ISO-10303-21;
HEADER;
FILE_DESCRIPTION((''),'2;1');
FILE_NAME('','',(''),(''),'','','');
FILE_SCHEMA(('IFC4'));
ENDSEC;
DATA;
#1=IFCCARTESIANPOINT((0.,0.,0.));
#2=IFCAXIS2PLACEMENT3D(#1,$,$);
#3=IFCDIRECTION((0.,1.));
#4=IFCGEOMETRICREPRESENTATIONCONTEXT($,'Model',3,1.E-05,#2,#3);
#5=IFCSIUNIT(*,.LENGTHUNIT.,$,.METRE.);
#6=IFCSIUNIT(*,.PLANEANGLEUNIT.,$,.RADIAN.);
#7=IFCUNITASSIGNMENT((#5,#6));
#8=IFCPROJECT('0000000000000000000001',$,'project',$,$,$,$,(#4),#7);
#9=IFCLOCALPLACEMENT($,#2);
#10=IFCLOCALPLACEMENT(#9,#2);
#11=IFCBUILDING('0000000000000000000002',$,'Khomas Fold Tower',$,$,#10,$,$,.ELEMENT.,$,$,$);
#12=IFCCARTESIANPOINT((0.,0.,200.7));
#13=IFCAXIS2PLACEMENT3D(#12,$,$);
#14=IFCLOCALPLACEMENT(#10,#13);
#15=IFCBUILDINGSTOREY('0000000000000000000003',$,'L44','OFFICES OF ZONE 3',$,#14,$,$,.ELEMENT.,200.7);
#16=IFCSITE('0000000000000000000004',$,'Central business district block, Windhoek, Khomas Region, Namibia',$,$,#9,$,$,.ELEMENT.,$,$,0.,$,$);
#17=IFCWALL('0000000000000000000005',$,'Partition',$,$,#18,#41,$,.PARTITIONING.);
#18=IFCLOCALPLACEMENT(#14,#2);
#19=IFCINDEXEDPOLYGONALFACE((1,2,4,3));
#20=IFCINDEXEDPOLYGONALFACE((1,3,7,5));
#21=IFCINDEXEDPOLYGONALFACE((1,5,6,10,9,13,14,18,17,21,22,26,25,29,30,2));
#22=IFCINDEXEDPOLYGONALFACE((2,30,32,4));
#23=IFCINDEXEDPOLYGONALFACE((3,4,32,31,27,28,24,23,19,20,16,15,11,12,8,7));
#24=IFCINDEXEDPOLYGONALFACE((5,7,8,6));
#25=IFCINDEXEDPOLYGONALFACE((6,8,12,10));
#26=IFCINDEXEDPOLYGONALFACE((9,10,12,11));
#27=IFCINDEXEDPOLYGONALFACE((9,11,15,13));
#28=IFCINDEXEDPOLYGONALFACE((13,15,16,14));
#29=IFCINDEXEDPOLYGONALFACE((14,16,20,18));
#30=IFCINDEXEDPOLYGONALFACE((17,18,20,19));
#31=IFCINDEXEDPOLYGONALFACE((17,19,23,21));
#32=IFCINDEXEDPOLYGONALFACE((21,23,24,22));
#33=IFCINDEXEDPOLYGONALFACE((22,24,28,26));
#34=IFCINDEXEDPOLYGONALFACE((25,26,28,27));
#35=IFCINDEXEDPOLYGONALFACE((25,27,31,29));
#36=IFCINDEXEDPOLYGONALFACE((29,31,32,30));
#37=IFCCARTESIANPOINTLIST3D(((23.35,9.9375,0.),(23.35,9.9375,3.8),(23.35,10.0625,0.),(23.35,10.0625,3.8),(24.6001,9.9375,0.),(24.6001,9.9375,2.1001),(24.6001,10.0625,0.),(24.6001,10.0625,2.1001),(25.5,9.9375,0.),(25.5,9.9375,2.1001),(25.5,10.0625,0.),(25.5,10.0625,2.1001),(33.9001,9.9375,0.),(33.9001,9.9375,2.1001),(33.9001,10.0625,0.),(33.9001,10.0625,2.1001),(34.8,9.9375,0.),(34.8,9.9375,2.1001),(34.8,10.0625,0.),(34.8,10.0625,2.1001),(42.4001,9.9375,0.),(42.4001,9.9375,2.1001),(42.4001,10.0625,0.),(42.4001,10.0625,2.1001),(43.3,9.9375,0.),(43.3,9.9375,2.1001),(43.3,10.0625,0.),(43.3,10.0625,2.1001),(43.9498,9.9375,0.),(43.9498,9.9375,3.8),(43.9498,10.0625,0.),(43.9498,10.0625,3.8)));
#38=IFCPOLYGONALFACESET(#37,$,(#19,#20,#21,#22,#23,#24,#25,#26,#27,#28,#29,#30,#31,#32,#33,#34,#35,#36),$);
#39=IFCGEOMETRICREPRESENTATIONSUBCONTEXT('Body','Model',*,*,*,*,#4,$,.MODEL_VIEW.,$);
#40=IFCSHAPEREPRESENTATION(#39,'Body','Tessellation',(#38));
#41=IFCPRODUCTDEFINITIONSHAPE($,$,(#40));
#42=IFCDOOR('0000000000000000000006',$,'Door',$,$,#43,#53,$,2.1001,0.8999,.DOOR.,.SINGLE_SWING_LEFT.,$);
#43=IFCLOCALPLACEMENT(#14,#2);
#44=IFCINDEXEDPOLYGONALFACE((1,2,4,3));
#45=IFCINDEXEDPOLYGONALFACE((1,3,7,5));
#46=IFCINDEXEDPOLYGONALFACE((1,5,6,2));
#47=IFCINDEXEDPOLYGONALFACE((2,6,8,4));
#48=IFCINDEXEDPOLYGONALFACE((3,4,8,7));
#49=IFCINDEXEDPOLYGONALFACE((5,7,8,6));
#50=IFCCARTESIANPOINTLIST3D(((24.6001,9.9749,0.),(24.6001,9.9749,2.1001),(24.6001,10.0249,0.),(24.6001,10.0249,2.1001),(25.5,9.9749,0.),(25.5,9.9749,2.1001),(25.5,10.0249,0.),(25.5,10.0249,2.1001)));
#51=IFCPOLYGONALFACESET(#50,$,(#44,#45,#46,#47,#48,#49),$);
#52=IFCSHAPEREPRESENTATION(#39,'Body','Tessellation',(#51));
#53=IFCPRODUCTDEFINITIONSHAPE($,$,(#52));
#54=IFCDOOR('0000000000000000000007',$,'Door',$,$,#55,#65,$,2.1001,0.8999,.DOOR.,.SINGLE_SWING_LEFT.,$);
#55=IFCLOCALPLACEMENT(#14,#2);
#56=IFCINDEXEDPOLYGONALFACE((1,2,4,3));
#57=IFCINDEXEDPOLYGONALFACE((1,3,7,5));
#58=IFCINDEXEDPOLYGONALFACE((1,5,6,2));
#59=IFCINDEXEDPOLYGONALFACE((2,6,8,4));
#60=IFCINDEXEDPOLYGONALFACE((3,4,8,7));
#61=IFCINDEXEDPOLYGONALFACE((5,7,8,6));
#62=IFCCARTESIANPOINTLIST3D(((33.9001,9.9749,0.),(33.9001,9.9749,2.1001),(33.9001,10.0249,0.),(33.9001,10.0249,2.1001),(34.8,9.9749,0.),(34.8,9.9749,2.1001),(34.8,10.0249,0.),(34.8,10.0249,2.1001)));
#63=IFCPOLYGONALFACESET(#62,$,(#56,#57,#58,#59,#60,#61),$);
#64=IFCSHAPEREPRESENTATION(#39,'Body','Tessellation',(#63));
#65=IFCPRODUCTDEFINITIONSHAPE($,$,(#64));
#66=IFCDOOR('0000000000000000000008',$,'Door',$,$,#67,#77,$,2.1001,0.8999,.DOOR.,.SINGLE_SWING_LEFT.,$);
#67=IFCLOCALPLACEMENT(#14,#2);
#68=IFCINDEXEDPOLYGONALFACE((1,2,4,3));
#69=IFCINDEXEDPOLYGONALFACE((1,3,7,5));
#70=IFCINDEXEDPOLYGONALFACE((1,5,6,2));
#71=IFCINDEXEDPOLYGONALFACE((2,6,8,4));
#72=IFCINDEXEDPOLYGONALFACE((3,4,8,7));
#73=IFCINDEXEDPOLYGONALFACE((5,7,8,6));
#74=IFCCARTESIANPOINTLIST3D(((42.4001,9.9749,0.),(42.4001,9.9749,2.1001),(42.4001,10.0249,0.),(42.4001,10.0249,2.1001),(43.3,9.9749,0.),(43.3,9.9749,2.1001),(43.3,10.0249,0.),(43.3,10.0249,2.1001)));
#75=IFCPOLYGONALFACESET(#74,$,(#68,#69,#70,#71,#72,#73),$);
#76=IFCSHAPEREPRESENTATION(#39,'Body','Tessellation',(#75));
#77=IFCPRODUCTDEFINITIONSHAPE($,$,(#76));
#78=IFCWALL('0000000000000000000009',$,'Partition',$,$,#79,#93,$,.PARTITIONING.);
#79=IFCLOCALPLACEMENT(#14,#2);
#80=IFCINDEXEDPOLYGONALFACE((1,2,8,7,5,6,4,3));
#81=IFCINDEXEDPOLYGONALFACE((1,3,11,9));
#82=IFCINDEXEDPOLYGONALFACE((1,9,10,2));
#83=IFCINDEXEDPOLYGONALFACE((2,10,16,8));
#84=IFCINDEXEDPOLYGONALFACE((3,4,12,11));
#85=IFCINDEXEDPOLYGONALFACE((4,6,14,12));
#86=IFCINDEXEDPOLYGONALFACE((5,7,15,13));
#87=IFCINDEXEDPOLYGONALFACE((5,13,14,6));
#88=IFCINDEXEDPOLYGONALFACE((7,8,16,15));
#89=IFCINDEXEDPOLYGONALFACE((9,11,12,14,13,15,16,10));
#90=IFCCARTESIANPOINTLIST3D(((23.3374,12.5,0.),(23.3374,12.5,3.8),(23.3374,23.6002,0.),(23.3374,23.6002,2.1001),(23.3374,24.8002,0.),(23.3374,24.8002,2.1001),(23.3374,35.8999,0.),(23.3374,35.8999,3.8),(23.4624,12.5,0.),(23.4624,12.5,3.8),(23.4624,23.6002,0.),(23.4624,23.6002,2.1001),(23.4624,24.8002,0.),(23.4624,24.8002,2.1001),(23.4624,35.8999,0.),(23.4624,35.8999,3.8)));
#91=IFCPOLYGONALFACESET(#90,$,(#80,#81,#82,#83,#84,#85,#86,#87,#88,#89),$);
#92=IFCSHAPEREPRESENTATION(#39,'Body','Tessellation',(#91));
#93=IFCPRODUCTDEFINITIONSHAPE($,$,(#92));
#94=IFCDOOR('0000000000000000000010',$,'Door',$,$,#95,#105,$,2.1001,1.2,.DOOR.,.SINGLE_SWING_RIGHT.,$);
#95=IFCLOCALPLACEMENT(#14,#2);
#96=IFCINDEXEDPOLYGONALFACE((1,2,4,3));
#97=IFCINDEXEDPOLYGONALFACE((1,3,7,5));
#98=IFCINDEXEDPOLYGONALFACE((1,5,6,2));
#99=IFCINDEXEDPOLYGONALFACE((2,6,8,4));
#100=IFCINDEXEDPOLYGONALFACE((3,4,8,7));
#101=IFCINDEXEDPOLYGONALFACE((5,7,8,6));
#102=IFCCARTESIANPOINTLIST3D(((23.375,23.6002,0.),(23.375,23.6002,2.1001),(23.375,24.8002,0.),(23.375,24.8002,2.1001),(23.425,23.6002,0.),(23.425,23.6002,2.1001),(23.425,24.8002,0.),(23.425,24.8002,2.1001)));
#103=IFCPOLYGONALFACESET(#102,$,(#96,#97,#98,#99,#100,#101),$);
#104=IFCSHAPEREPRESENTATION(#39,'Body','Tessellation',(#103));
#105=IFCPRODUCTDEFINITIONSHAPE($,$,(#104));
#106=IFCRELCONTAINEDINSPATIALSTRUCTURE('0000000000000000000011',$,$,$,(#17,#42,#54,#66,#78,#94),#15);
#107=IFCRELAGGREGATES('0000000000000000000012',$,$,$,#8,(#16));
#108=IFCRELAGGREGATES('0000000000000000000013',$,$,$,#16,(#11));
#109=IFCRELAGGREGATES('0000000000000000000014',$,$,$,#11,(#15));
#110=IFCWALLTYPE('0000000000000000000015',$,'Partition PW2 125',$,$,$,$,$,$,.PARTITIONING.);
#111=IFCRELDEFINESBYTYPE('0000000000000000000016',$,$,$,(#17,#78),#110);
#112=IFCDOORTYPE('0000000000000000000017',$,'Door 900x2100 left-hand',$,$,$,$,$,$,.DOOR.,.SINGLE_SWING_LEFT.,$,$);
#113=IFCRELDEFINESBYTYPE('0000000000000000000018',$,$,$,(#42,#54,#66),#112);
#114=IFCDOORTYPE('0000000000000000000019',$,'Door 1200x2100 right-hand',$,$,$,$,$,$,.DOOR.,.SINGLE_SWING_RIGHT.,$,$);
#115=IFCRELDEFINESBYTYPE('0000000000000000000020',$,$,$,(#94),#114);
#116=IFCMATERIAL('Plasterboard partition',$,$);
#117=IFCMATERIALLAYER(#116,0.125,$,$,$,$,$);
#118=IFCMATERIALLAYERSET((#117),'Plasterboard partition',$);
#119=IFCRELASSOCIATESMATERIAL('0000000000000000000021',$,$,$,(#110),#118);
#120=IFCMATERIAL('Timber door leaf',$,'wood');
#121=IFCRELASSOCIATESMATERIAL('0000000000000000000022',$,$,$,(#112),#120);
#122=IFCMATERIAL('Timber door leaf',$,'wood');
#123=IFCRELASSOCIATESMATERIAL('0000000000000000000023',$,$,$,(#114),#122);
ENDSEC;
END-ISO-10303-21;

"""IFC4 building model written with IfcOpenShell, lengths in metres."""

from ifc_helpers import new_model, si_unit, direction, frame, frame_2d, origin, place, context, subcontext, project, spatial, rectangle, extrude, source, transform, mapped, material, layer, layer_set, type_object, element, fill, save


model = new_model("IFC4")

# Units and contexts
model_context = context("Model", 3, precision=1e-05, world=origin(), true_north=direction((0.0, 1.0)))
body_context = subcontext(model_context, "Body", "Model", "MODEL_VIEW")
ifc_project = project(units=[si_unit("LENGTHUNIT", "METRE"), si_unit("PLANEANGLEUNIT", "RADIAN")], contexts=[model_context])

# Site, building, storey
site_placement = place(None, origin())
site = spatial("IfcSite", under=ifc_project, at=site_placement, Name="Central business district block, Windhoek, Khomas Region, Namibia", CompositionType="ELEMENT", RefElevation=0.0)
building_placement = place(site_placement, origin())
building = spatial("IfcBuilding", under=site, at=building_placement, Name="Khomas Fold Tower", CompositionType="ELEMENT")
storey_placement = place(building_placement, frame((0.0, 0.0, 200.7)))
storey = spatial("IfcBuildingStorey", under=building, at=storey_placement, Name="L44", Description="OFFICES OF ZONE 3", CompositionType="ELEMENT", Elevation=200.7)

# Shared definitions
ifc_material_1 = material(Name="Plasterboard partition")
ifc_layer_1 = layer(ifc_material_1, 0.125)
ifc_layer_set_1 = layer_set([ifc_layer_1], Name="Plasterboard partition")
wall_type_1 = type_object("IfcWallType", Name="Partition PW2 125", PredefinedType="PARTITIONING", material=ifc_layer_set_1)

# Wall, openings, doors
shared_shape_1 = source(origin(), body_context, "Body", "SweptSolid", [
    extrude(rectangle(XDim=20.5999, YDim=0.125, at=frame_2d((10.2998, 0.0))), origin(), (0.0, 0.0, 1.0), 3.8),
])
wall_1_placement = place(storey_placement, frame((23.3501, 10.0, 0.0), z_axis=(0.0, 0.0, 1.0), x_axis=(1.0, 0.0, 0.0)))
wall_1 = element("IfcWall", 1, at=wall_1_placement, inside=storey, type_object=wall_type_1, Name="Partition", PredefinedType="PARTITIONING", context=body_context, shape_type="MappedRepresentation", body=[
    mapped(shared_shape_1, transform((0.0, 0.0, 0.0))),
])
shared_shape_2 = source(origin(), body_context, "Body", "SweptSolid", [
    extrude(rectangle(XDim=0.8999, YDim=2.1001, at=frame_2d((0.45, 1.05))), frame((0.0, 0.0725, 0.0), z_axis=(0.0, -1.0, 0.0), x_axis=(1.0, 0.0, 0.0)), (0.0, 0.0, 1.0), 0.145),
])
opening_1_placement = place(wall_1_placement, frame((1.25, 0.0, 0.0)))
opening_1 = element("IfcOpeningElement", 2, at=opening_1_placement, cuts=wall_1, PredefinedType="OPENING", context=body_context, shape_type="MappedRepresentation", body=[
    mapped(shared_shape_2, transform((0.0, 0.0, 0.0))),
])
opening_2_placement = place(wall_1_placement, frame((10.55, 0.0, 0.0)))
opening_2 = element("IfcOpeningElement", 3, at=opening_2_placement, cuts=wall_1, PredefinedType="OPENING", context=body_context, shape_type="MappedRepresentation", body=[
    mapped(shared_shape_2, transform((0.0, 0.0, 0.0))),
])
opening_3_placement = place(wall_1_placement, frame((19.05, 0.0, 0.0)))
opening_3 = element("IfcOpeningElement", 4, at=opening_3_placement, cuts=wall_1, PredefinedType="OPENING", context=body_context, shape_type="MappedRepresentation", body=[
    mapped(shared_shape_2, transform((0.0, 0.0, 0.0))),
])
ifc_material_2 = material(Name="Timber door leaf", Category="wood")
door_type_1 = type_object("IfcDoorType", Name="Door 900x2100 left-hand", OperationType="SINGLE_SWING_LEFT", PredefinedType="DOOR", material=ifc_material_2)
shared_shape_3 = source(origin(), body_context, "Body", "SweptSolid", [
    extrude(rectangle(XDim=0.8999, YDim=2.1001, at=frame_2d((0.45, 1.05))), frame((0.0, 0.0249, 0.0), z_axis=(0.0, -1.0, 0.0), x_axis=(1.0, 0.0, 0.0)), (0.0, 0.0, 1.0), 0.05),
])
door_1_placement = place(opening_1_placement, origin())
door_1 = element("IfcDoor", 5, at=door_1_placement, inside=storey, type_object=door_type_1, Name="Door", OperationType="SINGLE_SWING_LEFT", OverallHeight=2.1001, OverallWidth=0.8999, PredefinedType="DOOR", context=body_context, shape_type="MappedRepresentation", body=[
    mapped(shared_shape_3, transform((0.0, 0.0, 0.0))),
])
fill(opening_1, door_1)
door_2_placement = place(opening_2_placement, origin())
door_2 = element("IfcDoor", 6, at=door_2_placement, inside=storey, type_object=door_type_1, Name="Door", OperationType="SINGLE_SWING_LEFT", OverallHeight=2.1001, OverallWidth=0.8999, PredefinedType="DOOR", context=body_context, shape_type="MappedRepresentation", body=[
    mapped(shared_shape_3, transform((0.0, 0.0, 0.0))),
])
fill(opening_2, door_2)
door_3_placement = place(opening_3_placement, origin())
door_3 = element("IfcDoor", 7, at=door_3_placement, inside=storey, type_object=door_type_1, Name="Door", OperationType="SINGLE_SWING_LEFT", OverallHeight=2.1001, OverallWidth=0.8999, PredefinedType="DOOR", context=body_context, shape_type="MappedRepresentation", body=[
    mapped(shared_shape_3, transform((0.0, 0.0, 0.0))),
])
fill(opening_3, door_3)

# Wall, opening, door
shared_shape_4 = source(origin(), body_context, "Body", "SweptSolid", [
    extrude(rectangle(XDim=23.3999, YDim=0.125, at=frame_2d((11.7, 0.0))), origin(), (0.0, 0.0, 1.0), 3.8),
])
wall_2_placement = place(storey_placement, frame((23.3999, 12.5, 0.0), z_axis=(0.0, 0.0, 1.0), x_axis=(0.0, 1.0, 0.0)))
wall_2 = element("IfcWall", 8, at=wall_2_placement, inside=storey, type_object=wall_type_1, Name="Partition", PredefinedType="PARTITIONING", context=body_context, shape_type="MappedRepresentation", body=[
    mapped(shared_shape_4, transform((0.0, 0.0, 0.0))),
])
shared_shape_5 = source(origin(), body_context, "Body", "SweptSolid", [
    extrude(rectangle(XDim=1.2, YDim=2.1001, at=frame_2d((0.6001, 1.05))), frame((0.0, 0.0725, 0.0), z_axis=(0.0, -1.0, 0.0), x_axis=(1.0, 0.0, 0.0)), (0.0, 0.0, 1.0), 0.145),
])
opening_4_placement = place(wall_2_placement, frame((11.1001, 0.0, 0.0)))
opening_4 = element("IfcOpeningElement", 9, at=opening_4_placement, cuts=wall_2, PredefinedType="OPENING", context=body_context, shape_type="MappedRepresentation", body=[
    mapped(shared_shape_5, transform((0.0, 0.0, 0.0))),
])
ifc_material_3 = material(Name="Timber door leaf", Category="wood")
door_type_2 = type_object("IfcDoorType", Name="Door 1200x2100 right-hand", OperationType="SINGLE_SWING_RIGHT", PredefinedType="DOOR", material=ifc_material_3)
shared_shape_6 = source(origin(), body_context, "Body", "SweptSolid", [
    extrude(rectangle(XDim=1.2, YDim=2.1001, at=frame_2d((0.6001, 1.05))), frame((0.0, 0.0249, 0.0), z_axis=(0.0, -1.0, 0.0), x_axis=(1.0, 0.0, 0.0)), (0.0, 0.0, 1.0), 0.05),
])
door_4_placement = place(opening_4_placement, origin())
door_4 = element("IfcDoor", 10, at=door_4_placement, inside=storey, type_object=door_type_2, Name="Door", OperationType="SINGLE_SWING_RIGHT", OverallHeight=2.1001, OverallWidth=1.2, PredefinedType="DOOR", context=body_context, shape_type="MappedRepresentation", body=[
    mapped(shared_shape_6, transform((0.0, 0.0, 0.0))),
])
fill(opening_4, door_4)

save(model, "model.ifc")
